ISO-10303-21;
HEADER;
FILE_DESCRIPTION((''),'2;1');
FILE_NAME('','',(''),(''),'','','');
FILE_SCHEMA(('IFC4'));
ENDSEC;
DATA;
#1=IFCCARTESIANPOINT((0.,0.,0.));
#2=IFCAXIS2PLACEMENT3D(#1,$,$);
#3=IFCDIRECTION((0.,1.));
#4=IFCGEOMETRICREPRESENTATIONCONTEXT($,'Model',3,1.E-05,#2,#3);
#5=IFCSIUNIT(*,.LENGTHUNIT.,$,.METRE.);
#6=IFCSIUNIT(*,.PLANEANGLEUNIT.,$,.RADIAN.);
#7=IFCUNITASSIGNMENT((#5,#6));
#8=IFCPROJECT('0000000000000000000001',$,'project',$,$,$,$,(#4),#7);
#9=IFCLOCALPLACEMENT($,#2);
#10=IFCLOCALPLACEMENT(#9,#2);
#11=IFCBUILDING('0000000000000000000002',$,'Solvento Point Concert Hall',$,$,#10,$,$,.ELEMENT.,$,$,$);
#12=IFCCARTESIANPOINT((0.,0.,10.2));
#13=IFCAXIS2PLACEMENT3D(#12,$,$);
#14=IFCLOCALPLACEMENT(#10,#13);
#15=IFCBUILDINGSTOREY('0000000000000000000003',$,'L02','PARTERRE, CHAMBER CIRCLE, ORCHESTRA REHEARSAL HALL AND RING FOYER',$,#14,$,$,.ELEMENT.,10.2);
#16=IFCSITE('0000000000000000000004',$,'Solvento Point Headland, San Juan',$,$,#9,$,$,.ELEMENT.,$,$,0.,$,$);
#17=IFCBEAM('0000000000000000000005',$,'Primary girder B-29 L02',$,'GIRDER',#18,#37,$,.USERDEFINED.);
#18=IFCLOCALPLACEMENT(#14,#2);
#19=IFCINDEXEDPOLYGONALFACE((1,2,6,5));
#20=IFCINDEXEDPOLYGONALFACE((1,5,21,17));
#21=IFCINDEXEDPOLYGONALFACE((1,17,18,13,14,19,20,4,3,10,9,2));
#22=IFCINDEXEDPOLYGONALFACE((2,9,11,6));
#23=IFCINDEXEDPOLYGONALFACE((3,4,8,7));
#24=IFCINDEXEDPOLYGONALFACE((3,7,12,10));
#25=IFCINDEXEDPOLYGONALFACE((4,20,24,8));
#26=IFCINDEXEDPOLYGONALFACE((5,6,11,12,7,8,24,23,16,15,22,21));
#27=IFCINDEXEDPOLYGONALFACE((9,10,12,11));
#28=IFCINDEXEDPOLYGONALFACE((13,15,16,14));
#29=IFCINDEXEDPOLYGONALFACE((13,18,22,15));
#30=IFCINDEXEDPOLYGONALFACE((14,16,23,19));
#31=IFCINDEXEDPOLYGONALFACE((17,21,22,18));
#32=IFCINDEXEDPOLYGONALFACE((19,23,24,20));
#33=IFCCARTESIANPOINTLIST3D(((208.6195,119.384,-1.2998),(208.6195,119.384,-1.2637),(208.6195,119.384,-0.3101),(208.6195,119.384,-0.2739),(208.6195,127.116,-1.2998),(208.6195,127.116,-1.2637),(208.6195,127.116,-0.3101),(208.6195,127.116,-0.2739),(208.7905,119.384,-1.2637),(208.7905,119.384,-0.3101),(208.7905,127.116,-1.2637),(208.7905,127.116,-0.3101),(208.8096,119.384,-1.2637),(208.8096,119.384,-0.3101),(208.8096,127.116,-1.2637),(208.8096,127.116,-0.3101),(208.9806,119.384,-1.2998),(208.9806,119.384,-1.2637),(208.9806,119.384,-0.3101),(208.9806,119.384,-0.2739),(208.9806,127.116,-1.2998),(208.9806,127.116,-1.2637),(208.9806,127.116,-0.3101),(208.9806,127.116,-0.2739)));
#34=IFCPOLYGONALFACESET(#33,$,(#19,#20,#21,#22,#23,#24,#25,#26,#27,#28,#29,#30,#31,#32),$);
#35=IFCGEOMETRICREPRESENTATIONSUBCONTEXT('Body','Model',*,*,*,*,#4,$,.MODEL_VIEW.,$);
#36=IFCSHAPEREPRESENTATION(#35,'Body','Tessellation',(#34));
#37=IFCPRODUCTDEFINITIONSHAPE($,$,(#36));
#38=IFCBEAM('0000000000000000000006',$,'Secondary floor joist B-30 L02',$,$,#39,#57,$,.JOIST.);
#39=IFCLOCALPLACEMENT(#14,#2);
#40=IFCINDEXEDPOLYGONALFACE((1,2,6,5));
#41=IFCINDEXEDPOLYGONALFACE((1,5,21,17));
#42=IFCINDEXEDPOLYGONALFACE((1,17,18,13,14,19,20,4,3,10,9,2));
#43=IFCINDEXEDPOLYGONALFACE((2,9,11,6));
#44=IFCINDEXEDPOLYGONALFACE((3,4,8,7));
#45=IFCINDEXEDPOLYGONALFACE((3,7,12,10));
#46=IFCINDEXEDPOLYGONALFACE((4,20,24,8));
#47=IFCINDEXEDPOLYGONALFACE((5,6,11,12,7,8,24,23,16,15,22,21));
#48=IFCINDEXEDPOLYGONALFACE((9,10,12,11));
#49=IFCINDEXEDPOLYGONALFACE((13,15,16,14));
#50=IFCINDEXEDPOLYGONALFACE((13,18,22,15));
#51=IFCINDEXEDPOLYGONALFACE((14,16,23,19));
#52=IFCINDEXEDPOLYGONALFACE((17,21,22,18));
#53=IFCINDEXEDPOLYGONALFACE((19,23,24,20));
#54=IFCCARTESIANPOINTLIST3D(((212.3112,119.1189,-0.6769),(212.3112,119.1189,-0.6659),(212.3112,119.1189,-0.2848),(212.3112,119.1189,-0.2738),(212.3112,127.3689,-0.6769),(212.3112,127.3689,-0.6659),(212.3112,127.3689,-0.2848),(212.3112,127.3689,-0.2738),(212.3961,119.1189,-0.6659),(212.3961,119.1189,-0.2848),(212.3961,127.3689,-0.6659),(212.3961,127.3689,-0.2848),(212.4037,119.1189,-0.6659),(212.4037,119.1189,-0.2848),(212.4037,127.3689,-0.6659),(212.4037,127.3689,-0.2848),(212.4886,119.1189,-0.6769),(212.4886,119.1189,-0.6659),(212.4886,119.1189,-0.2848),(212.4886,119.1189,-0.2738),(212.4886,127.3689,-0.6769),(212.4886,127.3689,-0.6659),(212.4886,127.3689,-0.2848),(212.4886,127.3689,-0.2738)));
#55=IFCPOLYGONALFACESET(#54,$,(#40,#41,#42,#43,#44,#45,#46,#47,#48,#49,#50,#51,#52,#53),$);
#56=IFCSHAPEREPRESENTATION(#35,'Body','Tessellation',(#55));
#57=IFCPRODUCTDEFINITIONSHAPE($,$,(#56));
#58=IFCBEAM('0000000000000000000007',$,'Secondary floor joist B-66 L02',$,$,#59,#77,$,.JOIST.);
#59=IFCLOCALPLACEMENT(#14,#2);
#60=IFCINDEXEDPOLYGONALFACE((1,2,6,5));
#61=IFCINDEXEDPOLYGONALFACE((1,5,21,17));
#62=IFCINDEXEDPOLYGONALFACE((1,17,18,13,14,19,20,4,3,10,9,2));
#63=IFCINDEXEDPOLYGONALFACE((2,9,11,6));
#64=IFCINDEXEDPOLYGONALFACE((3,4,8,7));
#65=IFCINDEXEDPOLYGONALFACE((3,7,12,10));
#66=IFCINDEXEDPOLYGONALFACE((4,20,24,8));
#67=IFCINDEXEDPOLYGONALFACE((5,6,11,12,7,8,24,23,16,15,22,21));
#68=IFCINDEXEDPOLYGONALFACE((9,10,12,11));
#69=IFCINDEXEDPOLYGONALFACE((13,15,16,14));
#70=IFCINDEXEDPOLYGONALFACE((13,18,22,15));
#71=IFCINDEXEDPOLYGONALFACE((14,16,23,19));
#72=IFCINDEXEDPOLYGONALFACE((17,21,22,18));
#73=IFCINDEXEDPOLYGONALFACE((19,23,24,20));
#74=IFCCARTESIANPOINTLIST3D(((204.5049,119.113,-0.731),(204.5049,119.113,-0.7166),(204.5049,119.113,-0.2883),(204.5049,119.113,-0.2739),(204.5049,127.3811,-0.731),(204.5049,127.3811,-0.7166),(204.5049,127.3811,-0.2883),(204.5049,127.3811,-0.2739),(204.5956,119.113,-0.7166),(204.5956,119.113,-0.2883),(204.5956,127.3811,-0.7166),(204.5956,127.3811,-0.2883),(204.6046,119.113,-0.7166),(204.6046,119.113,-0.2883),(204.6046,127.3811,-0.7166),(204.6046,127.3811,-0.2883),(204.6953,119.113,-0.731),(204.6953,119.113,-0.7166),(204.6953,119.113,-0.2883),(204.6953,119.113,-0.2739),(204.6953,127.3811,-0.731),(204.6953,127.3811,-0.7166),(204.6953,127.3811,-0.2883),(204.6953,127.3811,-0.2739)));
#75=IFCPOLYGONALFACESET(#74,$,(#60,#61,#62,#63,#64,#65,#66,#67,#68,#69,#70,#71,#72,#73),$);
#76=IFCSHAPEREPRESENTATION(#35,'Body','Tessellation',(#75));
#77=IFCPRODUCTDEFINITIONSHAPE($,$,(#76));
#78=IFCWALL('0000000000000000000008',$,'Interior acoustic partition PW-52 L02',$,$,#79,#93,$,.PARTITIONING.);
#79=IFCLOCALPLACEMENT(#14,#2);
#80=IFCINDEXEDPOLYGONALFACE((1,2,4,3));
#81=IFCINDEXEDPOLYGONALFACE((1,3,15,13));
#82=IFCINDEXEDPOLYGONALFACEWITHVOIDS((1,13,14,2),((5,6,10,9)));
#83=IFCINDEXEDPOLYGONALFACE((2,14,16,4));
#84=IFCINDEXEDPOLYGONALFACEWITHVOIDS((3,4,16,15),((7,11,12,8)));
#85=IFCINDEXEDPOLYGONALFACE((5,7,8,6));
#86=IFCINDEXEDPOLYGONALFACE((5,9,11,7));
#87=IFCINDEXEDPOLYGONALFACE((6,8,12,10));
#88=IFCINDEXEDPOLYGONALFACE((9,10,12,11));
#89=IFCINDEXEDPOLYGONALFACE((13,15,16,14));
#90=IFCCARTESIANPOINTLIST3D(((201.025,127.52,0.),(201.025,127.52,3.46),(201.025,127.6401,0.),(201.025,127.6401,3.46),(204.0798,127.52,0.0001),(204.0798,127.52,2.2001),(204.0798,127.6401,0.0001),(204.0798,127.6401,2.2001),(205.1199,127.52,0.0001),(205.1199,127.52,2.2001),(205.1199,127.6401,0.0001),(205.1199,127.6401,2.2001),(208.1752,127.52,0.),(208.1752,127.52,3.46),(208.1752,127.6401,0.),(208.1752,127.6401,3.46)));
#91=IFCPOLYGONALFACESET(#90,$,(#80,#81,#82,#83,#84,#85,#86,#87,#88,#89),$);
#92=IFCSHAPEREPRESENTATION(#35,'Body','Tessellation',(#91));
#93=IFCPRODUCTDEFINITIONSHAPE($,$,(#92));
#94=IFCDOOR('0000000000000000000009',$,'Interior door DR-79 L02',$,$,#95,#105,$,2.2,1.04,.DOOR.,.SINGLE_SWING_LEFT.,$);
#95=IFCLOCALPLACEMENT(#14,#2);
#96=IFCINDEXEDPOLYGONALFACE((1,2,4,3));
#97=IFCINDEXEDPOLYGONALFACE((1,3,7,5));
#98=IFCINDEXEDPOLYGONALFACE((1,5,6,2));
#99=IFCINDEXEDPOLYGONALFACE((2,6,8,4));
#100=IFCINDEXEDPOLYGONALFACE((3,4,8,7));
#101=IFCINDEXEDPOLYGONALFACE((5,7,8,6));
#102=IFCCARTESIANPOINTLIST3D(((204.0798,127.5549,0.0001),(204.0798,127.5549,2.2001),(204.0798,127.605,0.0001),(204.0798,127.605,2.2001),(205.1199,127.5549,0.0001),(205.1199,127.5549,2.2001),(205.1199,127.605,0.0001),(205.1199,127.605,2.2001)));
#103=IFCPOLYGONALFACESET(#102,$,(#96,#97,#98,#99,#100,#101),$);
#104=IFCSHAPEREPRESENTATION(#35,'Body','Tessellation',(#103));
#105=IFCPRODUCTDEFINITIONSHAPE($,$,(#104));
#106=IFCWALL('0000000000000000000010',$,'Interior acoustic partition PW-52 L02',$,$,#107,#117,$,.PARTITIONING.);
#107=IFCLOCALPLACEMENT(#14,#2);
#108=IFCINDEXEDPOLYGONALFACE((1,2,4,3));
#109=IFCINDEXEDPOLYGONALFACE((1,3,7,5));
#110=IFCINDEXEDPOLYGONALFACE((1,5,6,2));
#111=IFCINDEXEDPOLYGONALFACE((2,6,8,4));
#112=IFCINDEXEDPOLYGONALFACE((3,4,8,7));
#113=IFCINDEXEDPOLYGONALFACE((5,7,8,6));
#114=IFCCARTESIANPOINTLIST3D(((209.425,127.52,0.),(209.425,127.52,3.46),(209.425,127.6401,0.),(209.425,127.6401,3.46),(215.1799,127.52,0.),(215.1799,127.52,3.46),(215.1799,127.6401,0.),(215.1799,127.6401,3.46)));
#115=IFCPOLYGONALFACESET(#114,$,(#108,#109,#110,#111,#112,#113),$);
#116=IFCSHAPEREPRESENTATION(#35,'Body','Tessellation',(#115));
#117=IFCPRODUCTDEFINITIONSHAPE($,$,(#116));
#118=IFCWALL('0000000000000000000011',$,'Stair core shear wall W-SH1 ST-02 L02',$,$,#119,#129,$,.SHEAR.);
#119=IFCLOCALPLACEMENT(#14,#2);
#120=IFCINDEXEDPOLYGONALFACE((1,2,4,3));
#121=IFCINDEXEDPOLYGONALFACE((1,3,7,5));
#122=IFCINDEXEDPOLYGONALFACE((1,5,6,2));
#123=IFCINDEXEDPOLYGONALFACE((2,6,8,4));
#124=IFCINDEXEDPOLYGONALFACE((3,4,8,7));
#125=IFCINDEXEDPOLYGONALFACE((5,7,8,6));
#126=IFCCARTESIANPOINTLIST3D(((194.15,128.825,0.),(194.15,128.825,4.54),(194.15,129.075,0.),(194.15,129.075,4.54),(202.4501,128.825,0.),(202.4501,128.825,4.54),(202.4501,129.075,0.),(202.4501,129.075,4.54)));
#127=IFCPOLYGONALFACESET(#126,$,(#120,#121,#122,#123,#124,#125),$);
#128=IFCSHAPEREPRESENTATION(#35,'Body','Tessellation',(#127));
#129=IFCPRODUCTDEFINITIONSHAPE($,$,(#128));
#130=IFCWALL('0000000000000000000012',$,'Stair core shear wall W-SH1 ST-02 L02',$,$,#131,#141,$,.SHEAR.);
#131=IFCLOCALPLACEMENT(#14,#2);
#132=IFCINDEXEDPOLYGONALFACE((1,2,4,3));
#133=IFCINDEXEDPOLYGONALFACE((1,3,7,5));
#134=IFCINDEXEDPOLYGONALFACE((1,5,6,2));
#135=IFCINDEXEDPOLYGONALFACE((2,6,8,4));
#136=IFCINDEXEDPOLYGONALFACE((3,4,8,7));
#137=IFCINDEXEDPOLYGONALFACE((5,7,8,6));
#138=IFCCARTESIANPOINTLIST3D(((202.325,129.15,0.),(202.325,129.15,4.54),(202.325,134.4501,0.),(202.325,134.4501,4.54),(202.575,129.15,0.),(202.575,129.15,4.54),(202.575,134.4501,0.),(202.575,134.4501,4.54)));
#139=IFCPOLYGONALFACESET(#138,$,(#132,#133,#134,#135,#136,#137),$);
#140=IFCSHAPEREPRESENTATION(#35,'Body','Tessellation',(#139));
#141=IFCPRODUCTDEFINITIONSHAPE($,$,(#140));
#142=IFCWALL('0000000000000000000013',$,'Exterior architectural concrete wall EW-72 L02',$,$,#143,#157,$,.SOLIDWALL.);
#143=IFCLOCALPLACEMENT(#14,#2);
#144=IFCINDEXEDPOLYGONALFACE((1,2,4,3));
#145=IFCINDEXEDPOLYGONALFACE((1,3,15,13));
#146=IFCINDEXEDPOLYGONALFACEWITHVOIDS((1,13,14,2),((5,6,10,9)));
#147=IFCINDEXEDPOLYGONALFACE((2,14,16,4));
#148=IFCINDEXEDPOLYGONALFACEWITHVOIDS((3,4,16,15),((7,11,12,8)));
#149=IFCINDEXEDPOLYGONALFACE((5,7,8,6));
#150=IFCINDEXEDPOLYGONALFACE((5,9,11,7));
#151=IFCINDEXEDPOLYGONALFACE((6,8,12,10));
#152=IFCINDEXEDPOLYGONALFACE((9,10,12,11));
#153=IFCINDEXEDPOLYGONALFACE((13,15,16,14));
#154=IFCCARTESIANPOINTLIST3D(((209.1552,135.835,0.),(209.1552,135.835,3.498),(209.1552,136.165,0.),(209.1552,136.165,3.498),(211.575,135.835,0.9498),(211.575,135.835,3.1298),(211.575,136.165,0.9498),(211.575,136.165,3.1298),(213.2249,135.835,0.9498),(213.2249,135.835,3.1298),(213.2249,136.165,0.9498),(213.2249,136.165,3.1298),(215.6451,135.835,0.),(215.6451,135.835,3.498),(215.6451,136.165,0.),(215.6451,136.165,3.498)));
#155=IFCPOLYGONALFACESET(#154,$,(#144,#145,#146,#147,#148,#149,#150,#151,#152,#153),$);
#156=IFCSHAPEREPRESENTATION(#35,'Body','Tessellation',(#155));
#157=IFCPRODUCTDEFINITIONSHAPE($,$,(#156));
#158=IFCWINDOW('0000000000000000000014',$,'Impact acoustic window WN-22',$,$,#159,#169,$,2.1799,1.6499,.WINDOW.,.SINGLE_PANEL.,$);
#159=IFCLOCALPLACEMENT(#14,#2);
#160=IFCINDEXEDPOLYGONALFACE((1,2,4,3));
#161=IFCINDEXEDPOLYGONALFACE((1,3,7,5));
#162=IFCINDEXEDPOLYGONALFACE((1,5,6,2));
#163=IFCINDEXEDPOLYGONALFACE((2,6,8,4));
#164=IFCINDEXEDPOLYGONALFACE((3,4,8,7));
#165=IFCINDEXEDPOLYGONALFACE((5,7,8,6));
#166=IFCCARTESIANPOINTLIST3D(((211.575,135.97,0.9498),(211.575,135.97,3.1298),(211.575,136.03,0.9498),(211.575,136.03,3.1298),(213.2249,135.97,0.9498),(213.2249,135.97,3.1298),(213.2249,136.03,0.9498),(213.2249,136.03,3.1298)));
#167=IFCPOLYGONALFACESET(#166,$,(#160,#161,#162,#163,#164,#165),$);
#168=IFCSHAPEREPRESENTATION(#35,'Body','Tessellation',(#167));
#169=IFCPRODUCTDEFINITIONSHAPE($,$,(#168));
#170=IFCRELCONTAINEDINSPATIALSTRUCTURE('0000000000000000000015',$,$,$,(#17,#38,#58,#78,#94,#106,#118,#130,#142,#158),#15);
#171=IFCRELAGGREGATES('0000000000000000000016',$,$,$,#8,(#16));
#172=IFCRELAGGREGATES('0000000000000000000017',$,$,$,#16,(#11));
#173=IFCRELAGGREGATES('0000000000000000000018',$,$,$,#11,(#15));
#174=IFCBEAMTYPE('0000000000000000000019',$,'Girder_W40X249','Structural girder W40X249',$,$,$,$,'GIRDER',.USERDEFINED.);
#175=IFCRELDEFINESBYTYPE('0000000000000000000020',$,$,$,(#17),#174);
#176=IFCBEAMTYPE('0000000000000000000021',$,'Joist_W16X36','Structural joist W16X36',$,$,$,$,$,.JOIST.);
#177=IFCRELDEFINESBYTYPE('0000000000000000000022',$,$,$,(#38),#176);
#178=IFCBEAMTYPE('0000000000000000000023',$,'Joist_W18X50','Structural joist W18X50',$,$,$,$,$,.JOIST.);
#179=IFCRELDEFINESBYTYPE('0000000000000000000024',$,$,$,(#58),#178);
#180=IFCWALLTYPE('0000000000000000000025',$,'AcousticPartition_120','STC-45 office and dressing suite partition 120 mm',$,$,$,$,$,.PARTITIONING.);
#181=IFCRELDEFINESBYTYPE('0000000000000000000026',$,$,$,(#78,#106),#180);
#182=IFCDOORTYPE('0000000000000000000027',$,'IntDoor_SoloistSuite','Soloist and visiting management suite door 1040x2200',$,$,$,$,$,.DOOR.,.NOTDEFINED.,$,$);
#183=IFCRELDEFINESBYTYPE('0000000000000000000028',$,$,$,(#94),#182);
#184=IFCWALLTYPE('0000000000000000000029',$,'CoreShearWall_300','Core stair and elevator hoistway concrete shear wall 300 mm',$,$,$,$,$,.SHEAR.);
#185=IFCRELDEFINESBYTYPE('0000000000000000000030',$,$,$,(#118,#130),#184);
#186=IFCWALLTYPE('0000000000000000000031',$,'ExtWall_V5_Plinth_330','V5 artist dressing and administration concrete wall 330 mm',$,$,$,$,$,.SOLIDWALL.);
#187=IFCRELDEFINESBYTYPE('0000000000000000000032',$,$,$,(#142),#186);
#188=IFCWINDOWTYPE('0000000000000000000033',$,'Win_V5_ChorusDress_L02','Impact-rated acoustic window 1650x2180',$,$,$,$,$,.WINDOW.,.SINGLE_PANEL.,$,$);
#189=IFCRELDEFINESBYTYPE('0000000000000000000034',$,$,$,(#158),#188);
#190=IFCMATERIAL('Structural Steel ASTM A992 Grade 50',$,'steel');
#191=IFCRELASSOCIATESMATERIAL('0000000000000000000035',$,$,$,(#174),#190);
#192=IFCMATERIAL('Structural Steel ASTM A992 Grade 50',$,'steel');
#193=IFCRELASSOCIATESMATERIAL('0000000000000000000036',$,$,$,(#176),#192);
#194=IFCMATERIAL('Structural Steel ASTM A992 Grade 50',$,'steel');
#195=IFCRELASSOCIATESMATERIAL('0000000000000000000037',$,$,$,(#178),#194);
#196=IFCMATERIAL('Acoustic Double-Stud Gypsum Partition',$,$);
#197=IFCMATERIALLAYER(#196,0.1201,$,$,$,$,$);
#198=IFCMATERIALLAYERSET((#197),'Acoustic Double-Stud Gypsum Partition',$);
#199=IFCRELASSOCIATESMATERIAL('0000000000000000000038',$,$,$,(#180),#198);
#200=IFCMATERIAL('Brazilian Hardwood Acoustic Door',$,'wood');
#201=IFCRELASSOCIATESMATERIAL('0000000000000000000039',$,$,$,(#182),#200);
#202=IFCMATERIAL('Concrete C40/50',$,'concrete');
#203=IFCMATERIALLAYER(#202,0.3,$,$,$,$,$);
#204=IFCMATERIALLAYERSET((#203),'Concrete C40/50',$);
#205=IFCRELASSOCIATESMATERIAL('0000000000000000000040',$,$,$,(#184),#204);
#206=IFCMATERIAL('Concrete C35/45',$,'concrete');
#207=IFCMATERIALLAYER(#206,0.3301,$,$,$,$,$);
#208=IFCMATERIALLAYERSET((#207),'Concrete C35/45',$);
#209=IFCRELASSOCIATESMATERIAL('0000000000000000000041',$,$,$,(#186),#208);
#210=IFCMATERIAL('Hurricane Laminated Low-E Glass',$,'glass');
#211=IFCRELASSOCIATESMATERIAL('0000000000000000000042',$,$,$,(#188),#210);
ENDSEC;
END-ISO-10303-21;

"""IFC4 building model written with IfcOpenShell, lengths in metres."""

from ifc_helpers import new_model, si_unit, direction, frame, frame_2d, origin, origin_2d, place, context, subcontext, project, spatial, rectangle, i_section, extrude, material, layer, layer_set, material_profile, profile_set, type_object, element, fill, save


model = new_model("IFC4")

# Units and contexts
model_context = context("Model", 3, precision=1e-05, world=origin(), true_north=direction((0.0, 1.0)))
body_context = subcontext(model_context, "Body", "Model", "MODEL_VIEW")
ifc_project = project(units=[si_unit("LENGTHUNIT", "METRE"), si_unit("PLANEANGLEUNIT", "RADIAN")], contexts=[model_context])

# Site, building, storey
site_placement = place(None, origin())
site = spatial("IfcSite", under=ifc_project, at=site_placement, Name="Solvento Point Headland, San Juan", CompositionType="ELEMENT", RefElevation=0.0)
building_placement = place(site_placement, origin())
building = spatial("IfcBuilding", under=site, at=building_placement, Name="Solvento Point Concert Hall", CompositionType="ELEMENT")
storey_placement = place(building_placement, frame((0.0, 0.0, 10.2)))
storey = spatial("IfcBuildingStorey", under=building, at=storey_placement, Name="L02", Description="PARTERRE, CHAMBER CIRCLE, ORCHESTRA REHEARSAL HALL AND RING FOYER", CompositionType="ELEMENT", Elevation=10.2)

# Beams
ifc_material_1 = material(Name="Structural Steel ASTM A992 Grade 50", Category="steel")
ifc_material_profile_1 = material_profile(ifc_material_1, i_section(OverallWidth=0.3611, OverallDepth=1.0259, WebThickness=0.019, FlangeThickness=0.0361, at=origin_2d()), Name="W40X249")
ifc_profile_set_1 = profile_set([ifc_material_profile_1], Name="Structural Steel ASTM A992 Grade 50")
beam_type_1 = type_object("IfcBeamType", Name="Girder_W40X249", Description="Structural girder W40X249", ElementType="GIRDER", PredefinedType="USERDEFINED", material=ifc_profile_set_1)
beam_1_placement = place(storey_placement, frame((208.8, 119.384, -0.7869), z_axis=(0.0, 1.0, 0.0), x_axis=(-1.0, 0.0, 0.0)))
element("IfcBeam", 1, at=beam_1_placement, inside=storey, type_object=beam_type_1, Name="Primary girder B-29 L02", ObjectType="GIRDER", PredefinedType="USERDEFINED", context=body_context, shape_type="SweptSolid", body=[
    extrude(i_section(OverallWidth=0.3611, OverallDepth=1.0259, WebThickness=0.019, FlangeThickness=0.0361, at=origin_2d()), origin(), (0.0, 0.0, 1.0), 7.7319),
])
ifc_material_2 = material(Name="Structural Steel ASTM A992 Grade 50", Category="steel")
ifc_material_profile_2 = material_profile(ifc_material_2, i_section(OverallWidth=0.1775, OverallDepth=0.4031, WebThickness=0.0076, FlangeThickness=0.011, at=origin_2d()), Name="W16X36")
ifc_profile_set_2 = profile_set([ifc_material_profile_2], Name="Structural Steel ASTM A992 Grade 50")
beam_type_2 = type_object("IfcBeamType", Name="Joist_W16X36", Description="Structural joist W16X36", PredefinedType="JOIST", material=ifc_profile_set_2)
beam_2_placement = place(storey_placement, frame((212.3999, 119.1189, -0.4753), z_axis=(0.0, 1.0, 0.0), x_axis=(-1.0, 0.0, 0.0)))
element("IfcBeam", 2, at=beam_2_placement, inside=storey, type_object=beam_type_2, Name="Secondary floor joist B-30 L02", PredefinedType="JOIST", context=body_context, shape_type="SweptSolid", body=[
    extrude(i_section(OverallWidth=0.1775, OverallDepth=0.4031, WebThickness=0.0076, FlangeThickness=0.011, at=origin_2d()), origin(), (0.0, 0.0, 1.0), 8.25),
])
ifc_material_3 = material(Name="Structural Steel ASTM A992 Grade 50", Category="steel")
ifc_material_profile_3 = material_profile(ifc_material_3, i_section(OverallWidth=0.1904, OverallDepth=0.457, WebThickness=0.009, FlangeThickness=0.0144, at=origin_2d()), Name="W18X50")
ifc_profile_set_3 = profile_set([ifc_material_profile_3], Name="Structural Steel ASTM A992 Grade 50")
beam_type_3 = type_object("IfcBeamType", Name="Joist_W18X50", Description="Structural joist W18X50", PredefinedType="JOIST", material=ifc_profile_set_3)
beam_3_placement = place(storey_placement, frame((204.6001, 119.113, -0.5024), z_axis=(0.0, 1.0, 0.0), x_axis=(-1.0, 0.0, 0.0)))
element("IfcBeam", 3, at=beam_3_placement, inside=storey, type_object=beam_type_3, Name="Secondary floor joist B-66 L02", PredefinedType="JOIST", context=body_context, shape_type="SweptSolid", body=[
    extrude(i_section(OverallWidth=0.1904, OverallDepth=0.457, WebThickness=0.009, FlangeThickness=0.0144, at=origin_2d()), origin(), (0.0, 0.0, 1.0), 8.2681),
])

# Wall, opening, door
ifc_material_4 = material(Name="Acoustic Double-Stud Gypsum Partition")
ifc_layer_1 = layer(ifc_material_4, 0.1201)
ifc_layer_set_1 = layer_set([ifc_layer_1], Name="Acoustic Double-Stud Gypsum Partition")
wall_type_1 = type_object("IfcWallType", Name="AcousticPartition_120", Description="STC-45 office and dressing suite partition 120 mm", PredefinedType="PARTITIONING", material=ifc_layer_set_1)
wall_1_placement = place(storey_placement, frame((201.0249, 127.5801, 0.0), z_axis=(0.0, 0.0, 1.0), x_axis=(1.0, 0.0, 0.0)))
wall_1 = element("IfcWall", 4, at=wall_1_placement, inside=storey, type_object=wall_type_1, Name="Interior acoustic partition PW-52 L02", PredefinedType="PARTITIONING", context=body_context, shape_type="SweptSolid", body=[
    extrude(rectangle(XDim=7.1501, YDim=0.1201, at=frame_2d((3.5752, 0.0))), origin(), (0.0, 0.0, 1.0), 3.46),
])
opening_1_placement = place(wall_1_placement, frame((3.0549, 0.0, 0.0)))
opening_1 = element("IfcOpeningElement", 5, at=opening_1_placement, cuts=wall_1, PredefinedType="OPENING", context=body_context, shape_type="SweptSolid", body=[
    extrude(rectangle(XDim=1.04, YDim=2.2, at=frame_2d((0.52, 1.1001))), frame((0.0, 0.0701, 0.0), z_axis=(0.0, -1.0, 0.0), x_axis=(1.0, 0.0, 0.0)), (0.0, 0.0, 1.0), 0.1401),
])
ifc_material_5 = material(Name="Brazilian Hardwood Acoustic Door", Category="wood")
door_type = type_object("IfcDoorType", Name="IntDoor_SoloistSuite", Description="Soloist and visiting management suite door 1040x2200", OperationType="NOTDEFINED", PredefinedType="DOOR", material=ifc_material_5)
door_placement = place(opening_1_placement, origin())
door = element("IfcDoor", 6, at=door_placement, inside=storey, type_object=door_type, Name="Interior door DR-79 L02", OperationType="SINGLE_SWING_LEFT", OverallHeight=2.2, OverallWidth=1.04, PredefinedType="DOOR", context=body_context, shape_type="SweptSolid", body=[
    extrude(rectangle(XDim=1.04, YDim=2.2, at=frame_2d((0.52, 1.1001))), frame((0.0, 0.0249, 0.0), z_axis=(0.0, -1.0, 0.0), x_axis=(1.0, 0.0, 0.0)), (0.0, 0.0, 1.0), 0.05),
])
fill(opening_1, door)

# Walls
wall_2_placement = place(storey_placement, frame((209.425, 127.5801, 0.0), z_axis=(0.0, 0.0, 1.0), x_axis=(1.0, 0.0, 0.0)))
element("IfcWall", 7, at=wall_2_placement, inside=storey, type_object=wall_type_1, Name="Interior acoustic partition PW-52 L02", PredefinedType="PARTITIONING", context=body_context, shape_type="SweptSolid", body=[
    extrude(rectangle(XDim=5.7549, YDim=0.1201, at=frame_2d((2.8774, 0.0))), origin(), (0.0, 0.0, 1.0), 3.46),
])
ifc_material_6 = material(Name="Concrete C40/50", Category="concrete")
ifc_layer_2 = layer(ifc_material_6, 0.3)
ifc_layer_set_2 = layer_set([ifc_layer_2], Name="Concrete C40/50")
wall_type_2 = type_object("IfcWallType", Name="CoreShearWall_300", Description="Core stair and elevator hoistway concrete shear wall 300 mm", PredefinedType="SHEAR", material=ifc_layer_set_2)
wall_3_placement = place(storey_placement, frame((202.45, 128.95, 0.0), z_axis=(0.0, 0.0, 1.0), x_axis=(-1.0, 0.0, 0.0)))
element("IfcWall", 8, at=wall_3_placement, inside=storey, type_object=wall_type_2, Name="Stair core shear wall W-SH1 ST-02 L02", PredefinedType="SHEAR", context=body_context, shape_type="SweptSolid", body=[
    extrude(rectangle(XDim=8.3, YDim=0.25, at=frame_2d((4.1499, 0.0))), origin(), (0.0, 0.0, 1.0), 4.54),
])
wall_4_placement = place(storey_placement, frame((202.45, 134.45, 0.0), z_axis=(0.0, 0.0, 1.0), x_axis=(0.0, -1.0, 0.0)))
element("IfcWall", 9, at=wall_4_placement, inside=storey, type_object=wall_type_2, Name="Stair core shear wall W-SH1 ST-02 L02", PredefinedType="SHEAR", context=body_context, shape_type="SweptSolid", body=[
    extrude(rectangle(XDim=5.3, YDim=0.25, at=frame_2d((2.6499, 0.0))), origin(), (0.0, 0.0, 1.0), 4.54),
])

# Wall, opening, window
ifc_material_7 = material(Name="Concrete C35/45", Category="concrete")
ifc_layer_3 = layer(ifc_material_7, 0.3301)
ifc_layer_set_3 = layer_set([ifc_layer_3], Name="Concrete C35/45")
wall_type_3 = type_object("IfcWallType", Name="ExtWall_V5_Plinth_330", Description="V5 artist dressing and administration concrete wall 330 mm", PredefinedType="SOLIDWALL", material=ifc_layer_set_3)
wall_5_placement = place(storey_placement, frame((209.155, 136.0, 0.0), z_axis=(0.0, 0.0, 1.0), x_axis=(1.0, 0.0, 0.0)))
wall_5 = element("IfcWall", 10, at=wall_5_placement, inside=storey, type_object=wall_type_3, Name="Exterior architectural concrete wall EW-72 L02", PredefinedType="SOLIDWALL", context=body_context, shape_type="SweptSolid", body=[
    extrude(rectangle(XDim=6.49, YDim=0.3301, at=frame_2d((3.2451, 0.0))), origin(), (0.0, 0.0, 1.0), 3.498),
])
opening_2_placement = place(wall_5_placement, frame((2.4199, 0.0, 0.95)))
opening_2 = element("IfcOpeningElement", 11, at=opening_2_placement, cuts=wall_5, PredefinedType="OPENING", context=body_context, shape_type="SweptSolid", body=[
    extrude(rectangle(XDim=1.6499, YDim=2.1799, at=frame_2d((0.825, 1.0898))), frame((0.0, 0.175, 0.0), z_axis=(0.0, -1.0, 0.0), x_axis=(1.0, 0.0, 0.0)), (0.0, 0.0, 1.0), 0.3501),
])
ifc_material_8 = material(Name="Hurricane Laminated Low-E Glass", Category="glass")
window_type = type_object("IfcWindowType", Name="Win_V5_ChorusDress_L02", Description="Impact-rated acoustic window 1650x2180", PartitioningType="SINGLE_PANEL", PredefinedType="WINDOW", material=ifc_material_8)
window_1_placement = place(opening_2_placement, origin())
window_1 = element("IfcWindow", 12, at=window_1_placement, inside=storey, type_object=window_type, Name="Impact acoustic window WN-22", OverallHeight=2.1799, OverallWidth=1.6499, PartitioningType="SINGLE_PANEL", PredefinedType="WINDOW", context=body_context, shape_type="SweptSolid", body=[
    extrude(rectangle(XDim=1.6499, YDim=2.1799, at=frame_2d((0.825, 1.0898))), frame((0.0, 0.03, 0.0), z_axis=(0.0, -1.0, 0.0), x_axis=(1.0, 0.0, 0.0)), (0.0, 0.0, 1.0), 0.0601),
])
fill(opening_2, window_1)

save(model, "model.ifc")
